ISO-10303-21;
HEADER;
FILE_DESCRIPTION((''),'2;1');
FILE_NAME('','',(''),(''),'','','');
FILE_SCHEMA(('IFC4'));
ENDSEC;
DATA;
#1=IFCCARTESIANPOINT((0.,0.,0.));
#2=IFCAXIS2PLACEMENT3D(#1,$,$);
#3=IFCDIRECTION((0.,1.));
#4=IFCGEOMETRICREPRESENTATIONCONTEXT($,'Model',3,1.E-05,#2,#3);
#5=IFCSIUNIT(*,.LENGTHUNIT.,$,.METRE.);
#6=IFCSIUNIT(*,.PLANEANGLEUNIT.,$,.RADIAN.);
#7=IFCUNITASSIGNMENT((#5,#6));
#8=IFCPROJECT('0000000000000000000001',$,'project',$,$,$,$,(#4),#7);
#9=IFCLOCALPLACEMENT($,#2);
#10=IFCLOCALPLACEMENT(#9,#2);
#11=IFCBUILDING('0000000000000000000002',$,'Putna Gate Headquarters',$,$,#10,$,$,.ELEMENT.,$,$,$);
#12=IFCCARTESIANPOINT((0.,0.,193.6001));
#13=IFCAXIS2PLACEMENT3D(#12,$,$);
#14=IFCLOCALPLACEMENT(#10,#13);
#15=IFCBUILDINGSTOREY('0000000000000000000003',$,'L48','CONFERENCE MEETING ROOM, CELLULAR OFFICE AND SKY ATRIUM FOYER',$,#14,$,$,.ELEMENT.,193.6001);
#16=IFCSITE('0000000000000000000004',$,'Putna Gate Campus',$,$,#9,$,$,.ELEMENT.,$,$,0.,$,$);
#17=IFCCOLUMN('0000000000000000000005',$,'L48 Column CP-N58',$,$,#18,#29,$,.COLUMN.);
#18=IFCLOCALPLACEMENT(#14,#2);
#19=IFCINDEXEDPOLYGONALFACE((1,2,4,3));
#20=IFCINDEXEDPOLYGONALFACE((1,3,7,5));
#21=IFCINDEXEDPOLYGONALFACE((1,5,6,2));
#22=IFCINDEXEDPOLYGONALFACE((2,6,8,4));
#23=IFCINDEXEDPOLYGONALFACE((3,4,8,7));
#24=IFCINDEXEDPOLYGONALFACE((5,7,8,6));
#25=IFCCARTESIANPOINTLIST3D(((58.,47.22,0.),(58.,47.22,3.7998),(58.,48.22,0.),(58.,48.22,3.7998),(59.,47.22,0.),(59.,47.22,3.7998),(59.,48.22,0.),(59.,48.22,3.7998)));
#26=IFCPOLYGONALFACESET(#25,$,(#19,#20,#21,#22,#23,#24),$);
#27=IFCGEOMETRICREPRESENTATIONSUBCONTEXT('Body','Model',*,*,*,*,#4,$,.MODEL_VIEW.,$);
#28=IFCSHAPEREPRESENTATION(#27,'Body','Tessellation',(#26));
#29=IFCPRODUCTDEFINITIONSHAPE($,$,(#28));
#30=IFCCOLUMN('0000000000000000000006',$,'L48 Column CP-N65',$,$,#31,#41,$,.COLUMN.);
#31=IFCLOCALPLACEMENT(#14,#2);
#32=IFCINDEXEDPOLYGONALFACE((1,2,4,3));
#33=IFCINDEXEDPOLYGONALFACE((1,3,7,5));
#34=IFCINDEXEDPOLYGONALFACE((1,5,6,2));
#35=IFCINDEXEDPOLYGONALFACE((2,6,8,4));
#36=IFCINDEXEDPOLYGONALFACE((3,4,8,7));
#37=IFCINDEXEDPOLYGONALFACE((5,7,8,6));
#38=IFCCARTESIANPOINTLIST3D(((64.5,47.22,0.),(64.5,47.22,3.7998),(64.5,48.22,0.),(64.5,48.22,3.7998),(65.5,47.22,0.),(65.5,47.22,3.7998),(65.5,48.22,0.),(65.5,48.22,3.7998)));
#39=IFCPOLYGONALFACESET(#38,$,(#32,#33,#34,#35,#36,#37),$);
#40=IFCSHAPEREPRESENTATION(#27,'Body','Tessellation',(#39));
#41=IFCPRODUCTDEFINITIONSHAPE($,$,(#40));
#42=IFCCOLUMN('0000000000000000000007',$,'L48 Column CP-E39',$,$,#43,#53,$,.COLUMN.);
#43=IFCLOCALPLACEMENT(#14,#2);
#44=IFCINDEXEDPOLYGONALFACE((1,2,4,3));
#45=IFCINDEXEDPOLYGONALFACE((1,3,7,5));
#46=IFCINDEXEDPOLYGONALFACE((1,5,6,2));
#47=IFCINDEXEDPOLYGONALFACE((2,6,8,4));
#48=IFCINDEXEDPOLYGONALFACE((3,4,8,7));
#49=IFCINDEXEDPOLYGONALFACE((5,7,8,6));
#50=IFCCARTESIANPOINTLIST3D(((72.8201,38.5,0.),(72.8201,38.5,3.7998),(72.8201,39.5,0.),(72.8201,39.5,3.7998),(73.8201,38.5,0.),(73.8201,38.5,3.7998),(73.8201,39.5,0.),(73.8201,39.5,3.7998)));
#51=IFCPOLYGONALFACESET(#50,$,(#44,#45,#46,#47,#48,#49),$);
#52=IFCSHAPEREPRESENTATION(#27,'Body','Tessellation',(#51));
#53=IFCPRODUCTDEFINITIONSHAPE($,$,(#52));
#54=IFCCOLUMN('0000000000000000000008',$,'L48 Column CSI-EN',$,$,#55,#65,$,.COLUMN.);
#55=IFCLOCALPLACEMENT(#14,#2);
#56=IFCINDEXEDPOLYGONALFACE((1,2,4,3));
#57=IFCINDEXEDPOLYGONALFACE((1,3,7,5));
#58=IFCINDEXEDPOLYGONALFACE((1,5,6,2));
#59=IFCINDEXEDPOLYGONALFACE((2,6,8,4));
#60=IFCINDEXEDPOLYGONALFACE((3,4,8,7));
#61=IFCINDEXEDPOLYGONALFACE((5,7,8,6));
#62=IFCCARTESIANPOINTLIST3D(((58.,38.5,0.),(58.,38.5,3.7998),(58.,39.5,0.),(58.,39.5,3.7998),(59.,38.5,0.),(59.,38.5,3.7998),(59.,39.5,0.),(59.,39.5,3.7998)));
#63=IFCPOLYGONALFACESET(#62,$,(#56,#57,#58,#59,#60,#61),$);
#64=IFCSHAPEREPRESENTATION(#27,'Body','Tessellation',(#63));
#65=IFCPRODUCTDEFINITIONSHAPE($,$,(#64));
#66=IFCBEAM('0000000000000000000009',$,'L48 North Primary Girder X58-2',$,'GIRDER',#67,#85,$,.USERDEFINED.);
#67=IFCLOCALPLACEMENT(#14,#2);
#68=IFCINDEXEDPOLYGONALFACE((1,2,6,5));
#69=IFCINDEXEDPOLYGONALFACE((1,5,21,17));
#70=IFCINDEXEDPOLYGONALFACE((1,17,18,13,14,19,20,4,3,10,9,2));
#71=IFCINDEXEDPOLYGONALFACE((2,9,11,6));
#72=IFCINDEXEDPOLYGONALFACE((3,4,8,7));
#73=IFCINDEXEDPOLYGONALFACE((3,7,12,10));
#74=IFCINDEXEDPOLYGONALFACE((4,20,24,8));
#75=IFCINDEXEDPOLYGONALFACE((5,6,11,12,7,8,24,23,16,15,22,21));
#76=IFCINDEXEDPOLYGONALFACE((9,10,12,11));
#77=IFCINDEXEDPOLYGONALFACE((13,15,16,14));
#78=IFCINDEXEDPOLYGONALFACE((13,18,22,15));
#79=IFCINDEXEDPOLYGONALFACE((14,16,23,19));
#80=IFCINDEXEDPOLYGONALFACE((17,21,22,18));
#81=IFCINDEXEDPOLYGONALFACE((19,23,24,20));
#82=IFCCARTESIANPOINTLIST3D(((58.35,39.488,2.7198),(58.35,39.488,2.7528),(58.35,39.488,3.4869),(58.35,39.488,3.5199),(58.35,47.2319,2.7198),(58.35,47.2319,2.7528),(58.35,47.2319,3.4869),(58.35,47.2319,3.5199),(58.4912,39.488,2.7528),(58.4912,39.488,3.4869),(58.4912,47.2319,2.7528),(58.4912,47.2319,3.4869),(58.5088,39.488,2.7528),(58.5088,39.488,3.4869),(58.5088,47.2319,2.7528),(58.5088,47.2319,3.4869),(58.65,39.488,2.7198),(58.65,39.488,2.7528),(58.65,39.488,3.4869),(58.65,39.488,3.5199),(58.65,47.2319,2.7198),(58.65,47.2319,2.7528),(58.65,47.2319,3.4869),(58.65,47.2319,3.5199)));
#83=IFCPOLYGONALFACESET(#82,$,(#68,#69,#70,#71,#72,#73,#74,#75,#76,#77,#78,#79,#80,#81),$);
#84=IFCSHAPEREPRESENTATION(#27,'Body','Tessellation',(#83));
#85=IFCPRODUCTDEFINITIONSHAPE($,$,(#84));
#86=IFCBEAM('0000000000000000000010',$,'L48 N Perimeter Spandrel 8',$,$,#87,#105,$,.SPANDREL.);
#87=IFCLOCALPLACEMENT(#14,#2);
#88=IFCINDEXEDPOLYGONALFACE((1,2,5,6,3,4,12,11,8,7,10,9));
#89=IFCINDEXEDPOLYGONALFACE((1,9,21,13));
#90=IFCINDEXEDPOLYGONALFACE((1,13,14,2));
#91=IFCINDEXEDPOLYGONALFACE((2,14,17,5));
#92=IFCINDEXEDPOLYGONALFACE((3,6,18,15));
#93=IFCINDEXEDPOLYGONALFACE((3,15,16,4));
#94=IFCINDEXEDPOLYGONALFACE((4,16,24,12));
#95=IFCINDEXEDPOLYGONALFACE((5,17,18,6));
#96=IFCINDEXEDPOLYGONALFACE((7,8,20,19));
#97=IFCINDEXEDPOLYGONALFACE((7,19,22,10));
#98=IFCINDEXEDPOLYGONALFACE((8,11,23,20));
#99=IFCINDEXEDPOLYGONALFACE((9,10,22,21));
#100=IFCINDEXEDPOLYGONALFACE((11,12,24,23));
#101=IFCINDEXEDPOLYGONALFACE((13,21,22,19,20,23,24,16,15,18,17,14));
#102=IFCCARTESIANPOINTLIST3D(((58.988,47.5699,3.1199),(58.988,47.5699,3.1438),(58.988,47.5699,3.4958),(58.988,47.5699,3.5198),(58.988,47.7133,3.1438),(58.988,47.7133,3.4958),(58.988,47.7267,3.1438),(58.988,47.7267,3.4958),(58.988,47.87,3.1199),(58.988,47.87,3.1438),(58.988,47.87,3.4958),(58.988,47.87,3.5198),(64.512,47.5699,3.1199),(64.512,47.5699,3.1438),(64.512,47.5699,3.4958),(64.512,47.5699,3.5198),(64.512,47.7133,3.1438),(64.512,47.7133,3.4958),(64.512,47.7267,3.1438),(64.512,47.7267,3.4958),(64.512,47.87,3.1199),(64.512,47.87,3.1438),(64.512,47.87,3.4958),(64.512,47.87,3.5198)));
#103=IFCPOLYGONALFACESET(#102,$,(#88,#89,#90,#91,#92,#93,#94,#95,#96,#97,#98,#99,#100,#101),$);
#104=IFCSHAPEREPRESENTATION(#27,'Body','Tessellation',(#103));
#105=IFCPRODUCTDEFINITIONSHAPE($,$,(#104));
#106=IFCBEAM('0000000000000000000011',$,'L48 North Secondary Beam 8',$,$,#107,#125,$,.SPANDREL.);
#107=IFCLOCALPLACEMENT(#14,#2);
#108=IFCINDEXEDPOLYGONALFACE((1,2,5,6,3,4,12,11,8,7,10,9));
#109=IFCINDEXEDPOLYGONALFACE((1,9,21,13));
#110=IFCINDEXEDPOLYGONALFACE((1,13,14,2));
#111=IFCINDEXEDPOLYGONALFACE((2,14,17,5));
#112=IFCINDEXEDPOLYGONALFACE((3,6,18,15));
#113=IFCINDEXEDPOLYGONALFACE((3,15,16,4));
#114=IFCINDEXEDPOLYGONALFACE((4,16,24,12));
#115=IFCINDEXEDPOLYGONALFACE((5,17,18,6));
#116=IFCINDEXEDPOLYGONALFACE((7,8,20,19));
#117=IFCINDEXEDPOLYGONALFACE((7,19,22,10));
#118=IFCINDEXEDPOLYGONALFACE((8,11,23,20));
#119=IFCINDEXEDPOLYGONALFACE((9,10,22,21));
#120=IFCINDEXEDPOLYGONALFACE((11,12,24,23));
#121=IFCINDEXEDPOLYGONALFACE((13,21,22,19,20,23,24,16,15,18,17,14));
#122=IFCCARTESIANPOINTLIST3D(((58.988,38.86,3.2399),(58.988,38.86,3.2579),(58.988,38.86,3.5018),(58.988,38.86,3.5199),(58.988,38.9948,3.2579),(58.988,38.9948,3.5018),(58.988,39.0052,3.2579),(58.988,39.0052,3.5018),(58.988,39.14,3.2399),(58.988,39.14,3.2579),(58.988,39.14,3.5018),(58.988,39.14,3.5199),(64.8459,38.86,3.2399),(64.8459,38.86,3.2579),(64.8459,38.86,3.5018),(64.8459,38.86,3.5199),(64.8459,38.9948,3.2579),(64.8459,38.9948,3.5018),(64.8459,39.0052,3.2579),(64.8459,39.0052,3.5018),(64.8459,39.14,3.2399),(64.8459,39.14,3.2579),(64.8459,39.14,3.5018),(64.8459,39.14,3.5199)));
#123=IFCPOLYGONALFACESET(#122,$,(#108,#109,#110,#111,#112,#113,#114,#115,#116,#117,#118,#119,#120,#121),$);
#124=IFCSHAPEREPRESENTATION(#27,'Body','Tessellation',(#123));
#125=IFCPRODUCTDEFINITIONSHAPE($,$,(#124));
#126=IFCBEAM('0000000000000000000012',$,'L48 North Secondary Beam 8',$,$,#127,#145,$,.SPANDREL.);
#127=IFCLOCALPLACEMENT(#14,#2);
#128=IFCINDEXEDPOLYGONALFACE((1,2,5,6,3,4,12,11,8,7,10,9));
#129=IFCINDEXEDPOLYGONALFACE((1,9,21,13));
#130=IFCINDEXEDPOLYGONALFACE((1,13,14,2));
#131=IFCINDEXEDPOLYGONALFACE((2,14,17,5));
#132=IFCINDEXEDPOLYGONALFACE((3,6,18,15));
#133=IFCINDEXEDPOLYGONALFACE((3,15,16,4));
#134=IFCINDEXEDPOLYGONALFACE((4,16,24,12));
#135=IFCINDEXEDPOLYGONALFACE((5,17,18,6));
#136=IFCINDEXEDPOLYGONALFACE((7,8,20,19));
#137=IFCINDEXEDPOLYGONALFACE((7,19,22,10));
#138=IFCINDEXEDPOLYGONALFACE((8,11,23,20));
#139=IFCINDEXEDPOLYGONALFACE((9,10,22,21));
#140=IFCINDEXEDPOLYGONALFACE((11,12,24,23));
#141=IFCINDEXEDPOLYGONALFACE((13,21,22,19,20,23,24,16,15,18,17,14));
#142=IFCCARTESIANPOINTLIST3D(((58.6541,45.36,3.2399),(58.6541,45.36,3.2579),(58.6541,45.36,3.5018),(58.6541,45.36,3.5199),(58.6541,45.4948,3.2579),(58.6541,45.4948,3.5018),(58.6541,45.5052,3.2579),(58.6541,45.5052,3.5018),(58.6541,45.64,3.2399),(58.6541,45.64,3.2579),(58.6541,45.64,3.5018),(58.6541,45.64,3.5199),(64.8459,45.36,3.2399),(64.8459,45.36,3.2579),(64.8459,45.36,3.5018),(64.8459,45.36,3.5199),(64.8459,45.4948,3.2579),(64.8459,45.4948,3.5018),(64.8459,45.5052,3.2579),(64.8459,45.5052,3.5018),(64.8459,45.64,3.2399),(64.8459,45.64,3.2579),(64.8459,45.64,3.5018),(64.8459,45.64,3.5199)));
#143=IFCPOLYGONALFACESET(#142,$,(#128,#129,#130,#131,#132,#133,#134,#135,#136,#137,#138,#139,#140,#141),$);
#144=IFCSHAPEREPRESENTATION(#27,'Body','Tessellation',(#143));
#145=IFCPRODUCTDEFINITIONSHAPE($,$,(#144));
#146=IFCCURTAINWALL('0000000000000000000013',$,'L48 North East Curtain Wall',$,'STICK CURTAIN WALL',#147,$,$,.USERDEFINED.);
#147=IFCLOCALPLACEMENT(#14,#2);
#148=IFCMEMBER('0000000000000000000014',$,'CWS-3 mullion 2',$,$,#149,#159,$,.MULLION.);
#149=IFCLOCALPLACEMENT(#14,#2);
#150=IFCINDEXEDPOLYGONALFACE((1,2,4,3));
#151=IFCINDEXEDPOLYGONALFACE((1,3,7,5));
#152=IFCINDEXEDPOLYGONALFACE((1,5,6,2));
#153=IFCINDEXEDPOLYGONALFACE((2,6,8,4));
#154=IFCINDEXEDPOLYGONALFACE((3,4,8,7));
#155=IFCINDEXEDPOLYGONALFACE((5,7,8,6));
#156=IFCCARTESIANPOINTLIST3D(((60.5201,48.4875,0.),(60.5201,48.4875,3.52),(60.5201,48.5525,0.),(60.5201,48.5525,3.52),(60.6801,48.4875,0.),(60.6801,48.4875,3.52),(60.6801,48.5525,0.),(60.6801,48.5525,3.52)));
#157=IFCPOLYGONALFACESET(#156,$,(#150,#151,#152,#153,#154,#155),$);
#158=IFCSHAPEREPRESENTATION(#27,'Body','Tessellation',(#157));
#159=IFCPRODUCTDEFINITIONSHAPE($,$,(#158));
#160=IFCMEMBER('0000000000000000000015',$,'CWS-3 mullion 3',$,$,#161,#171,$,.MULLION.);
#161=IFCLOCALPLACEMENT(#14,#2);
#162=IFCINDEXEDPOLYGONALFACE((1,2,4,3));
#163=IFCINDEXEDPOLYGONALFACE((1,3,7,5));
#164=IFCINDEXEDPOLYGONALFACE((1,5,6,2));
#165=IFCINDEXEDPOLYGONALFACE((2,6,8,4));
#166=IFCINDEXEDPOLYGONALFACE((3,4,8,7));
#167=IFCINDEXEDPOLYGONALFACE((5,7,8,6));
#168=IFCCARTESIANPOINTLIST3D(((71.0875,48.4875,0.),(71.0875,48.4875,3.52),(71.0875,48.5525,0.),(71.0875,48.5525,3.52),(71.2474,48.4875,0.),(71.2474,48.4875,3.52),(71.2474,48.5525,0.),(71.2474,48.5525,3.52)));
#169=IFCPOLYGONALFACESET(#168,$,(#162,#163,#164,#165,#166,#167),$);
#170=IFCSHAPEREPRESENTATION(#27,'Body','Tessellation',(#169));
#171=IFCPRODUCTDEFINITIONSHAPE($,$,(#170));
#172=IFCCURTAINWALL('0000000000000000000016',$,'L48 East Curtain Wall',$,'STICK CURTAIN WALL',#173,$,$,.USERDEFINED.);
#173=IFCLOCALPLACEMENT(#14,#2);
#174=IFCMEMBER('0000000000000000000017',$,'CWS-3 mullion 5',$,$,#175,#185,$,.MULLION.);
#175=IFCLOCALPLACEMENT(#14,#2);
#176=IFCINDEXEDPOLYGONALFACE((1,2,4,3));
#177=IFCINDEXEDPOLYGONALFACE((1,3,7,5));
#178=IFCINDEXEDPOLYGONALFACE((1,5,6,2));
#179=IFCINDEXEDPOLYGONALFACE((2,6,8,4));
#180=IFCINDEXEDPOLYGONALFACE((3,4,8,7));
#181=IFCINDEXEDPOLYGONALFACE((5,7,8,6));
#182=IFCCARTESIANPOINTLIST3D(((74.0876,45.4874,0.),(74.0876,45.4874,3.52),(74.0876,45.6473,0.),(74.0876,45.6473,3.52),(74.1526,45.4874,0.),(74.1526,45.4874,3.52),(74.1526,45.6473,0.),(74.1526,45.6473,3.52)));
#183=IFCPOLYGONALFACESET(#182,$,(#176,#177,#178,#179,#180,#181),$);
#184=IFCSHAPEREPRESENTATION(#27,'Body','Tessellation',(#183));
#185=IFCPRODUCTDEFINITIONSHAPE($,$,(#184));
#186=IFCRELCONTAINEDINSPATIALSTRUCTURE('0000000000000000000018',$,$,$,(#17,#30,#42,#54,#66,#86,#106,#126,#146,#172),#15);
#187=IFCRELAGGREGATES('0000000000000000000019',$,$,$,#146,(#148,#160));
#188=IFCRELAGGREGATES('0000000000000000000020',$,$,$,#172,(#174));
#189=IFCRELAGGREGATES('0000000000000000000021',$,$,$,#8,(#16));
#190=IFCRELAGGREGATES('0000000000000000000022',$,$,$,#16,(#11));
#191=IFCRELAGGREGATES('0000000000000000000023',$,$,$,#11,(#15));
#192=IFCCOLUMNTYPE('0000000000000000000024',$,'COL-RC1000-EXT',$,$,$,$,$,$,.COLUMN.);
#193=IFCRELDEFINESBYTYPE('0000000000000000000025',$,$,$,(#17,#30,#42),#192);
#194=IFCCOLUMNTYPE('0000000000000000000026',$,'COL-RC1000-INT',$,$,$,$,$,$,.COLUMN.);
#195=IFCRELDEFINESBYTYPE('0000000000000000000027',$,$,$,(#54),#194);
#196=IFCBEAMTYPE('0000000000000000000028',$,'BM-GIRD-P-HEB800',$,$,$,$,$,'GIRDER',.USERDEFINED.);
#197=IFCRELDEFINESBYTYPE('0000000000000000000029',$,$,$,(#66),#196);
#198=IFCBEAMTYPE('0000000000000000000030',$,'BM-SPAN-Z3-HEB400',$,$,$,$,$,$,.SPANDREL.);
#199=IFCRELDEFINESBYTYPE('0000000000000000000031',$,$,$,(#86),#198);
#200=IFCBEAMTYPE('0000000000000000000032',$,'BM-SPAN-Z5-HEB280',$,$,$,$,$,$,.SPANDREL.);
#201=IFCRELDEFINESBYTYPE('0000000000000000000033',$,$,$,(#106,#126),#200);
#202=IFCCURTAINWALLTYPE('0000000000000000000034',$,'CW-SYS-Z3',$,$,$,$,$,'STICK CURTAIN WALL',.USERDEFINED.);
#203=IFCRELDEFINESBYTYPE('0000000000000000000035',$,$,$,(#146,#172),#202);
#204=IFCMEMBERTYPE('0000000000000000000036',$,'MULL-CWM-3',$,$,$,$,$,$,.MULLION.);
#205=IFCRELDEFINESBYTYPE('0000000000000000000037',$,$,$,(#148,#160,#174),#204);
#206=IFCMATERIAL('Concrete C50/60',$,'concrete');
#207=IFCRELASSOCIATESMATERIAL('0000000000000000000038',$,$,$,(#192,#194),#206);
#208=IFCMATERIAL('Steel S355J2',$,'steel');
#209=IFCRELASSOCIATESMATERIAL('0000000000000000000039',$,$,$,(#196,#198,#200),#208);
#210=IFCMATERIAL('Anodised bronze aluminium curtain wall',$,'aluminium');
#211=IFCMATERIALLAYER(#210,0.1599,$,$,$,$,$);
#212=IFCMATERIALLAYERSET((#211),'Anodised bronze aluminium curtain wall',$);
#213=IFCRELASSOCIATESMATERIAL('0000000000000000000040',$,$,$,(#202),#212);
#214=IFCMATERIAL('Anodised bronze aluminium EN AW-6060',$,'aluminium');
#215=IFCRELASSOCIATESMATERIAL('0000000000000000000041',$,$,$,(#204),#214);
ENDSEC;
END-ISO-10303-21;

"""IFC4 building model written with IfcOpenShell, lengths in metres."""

from ifc_helpers import new_model, si_unit, direction, frame, origin, origin_2d, place, context, subcontext, project, spatial, rectangle, i_section, extrude, material, layer, layer_set, material_profile, profile_set, type_object, element, aggregate, save


model = new_model("IFC4")

# Units and contexts
model_context = context("Model", 3, precision=1e-05, world=origin(), true_north=direction((0.0, 1.0)))
body_context = subcontext(model_context, "Body", "Model", "MODEL_VIEW")
ifc_project = project(units=[si_unit("LENGTHUNIT", "METRE"), si_unit("PLANEANGLEUNIT", "RADIAN")], contexts=[model_context])

# Site, building, storey
site_placement = place(None, origin())
site = spatial("IfcSite", under=ifc_project, at=site_placement, Name="Putna Gate Campus", CompositionType="ELEMENT", RefElevation=0.0)
building_placement = place(site_placement, origin())
building = spatial("IfcBuilding", under=site, at=building_placement, Name="Putna Gate Headquarters", CompositionType="ELEMENT")
storey_placement = place(building_placement, frame((0.0, 0.0, 193.6001)))
storey = spatial("IfcBuildingStorey", under=building, at=storey_placement, Name="L48", Description="CONFERENCE MEETING ROOM, CELLULAR OFFICE AND SKY ATRIUM FOYER", CompositionType="ELEMENT", Elevation=193.6001)

# Columns
ifc_material_1 = material(Name="Concrete C50/60", Category="concrete")
ifc_material_profile_1 = material_profile(ifc_material_1, rectangle(XDim=1.0, YDim=1.0, at=origin_2d()), Name="Concrete C50/60")
ifc_profile_set_1 = profile_set([ifc_material_profile_1], Name="Concrete C50/60")
column_type_1 = type_object("IfcColumnType", Name="COL-RC1000-EXT", PredefinedType="COLUMN", material=ifc_profile_set_1)
for number, where, z_axis, x_axis, name in (
    (1, (58.5, 47.72, 0.0), (0.0, 0.0, 1.0), (1.0, 0.0, 0.0), "L48 Column CP-N58"),
    (2, (65.0, 47.72, 0.0), (0.0, 0.0, 1.0), (1.0, 0.0, 0.0), "L48 Column CP-N65"),
    (3, (73.3201, 39.0, 0.0), (0.0, 0.0, 1.0), (1.0, 0.0, 0.0), "L48 Column CP-E39"),
):
    element("IfcColumn", number, at=place(storey_placement, frame(where, z_axis=z_axis, x_axis=x_axis)), inside=storey, type_object=column_type_1, Name=name, PredefinedType="COLUMN", context=body_context, shape_type="SweptSolid", body=[
        extrude(rectangle(XDim=1.0, YDim=1.0, at=origin_2d()), origin(), (0.0, 0.0, 1.0), 3.7998),
    ])
ifc_material_profile_2 = material_profile(ifc_material_1, rectangle(XDim=1.0, YDim=1.0, at=origin_2d()), Name="Concrete C50/60")
ifc_profile_set_2 = profile_set([ifc_material_profile_2], Name="Concrete C50/60")
column_type_2 = type_object("IfcColumnType", Name="COL-RC1000-INT", PredefinedType="COLUMN", material=ifc_profile_set_2)
column_placement = place(storey_placement, frame((58.5, 39.0, 0.0), z_axis=(0.0, 0.0, 1.0), x_axis=(1.0, 0.0, 0.0)))
element("IfcColumn", 4, at=column_placement, inside=storey, type_object=column_type_2, Name="L48 Column CSI-EN", PredefinedType="COLUMN", context=body_context, shape_type="SweptSolid", body=[
    extrude(rectangle(XDim=1.0, YDim=1.0, at=origin_2d()), origin(), (0.0, 0.0, 1.0), 3.7998),
])

# Beams
ifc_material_2 = material(Name="Steel S355J2", Category="steel")
ifc_material_profile_3 = material_profile(ifc_material_2, i_section(OverallWidth=0.3, OverallDepth=0.8, WebThickness=0.0176, FlangeThickness=0.033, at=origin_2d()), Name="Steel S355J2")
ifc_profile_set_3 = profile_set([ifc_material_profile_3], Name="Steel S355J2")
beam_type_1 = type_object("IfcBeamType", Name="BM-GIRD-P-HEB800", ElementType="GIRDER", PredefinedType="USERDEFINED", material=ifc_profile_set_3)
beam_1_placement = place(storey_placement, frame((58.5, 39.488, 3.1199), z_axis=(0.0, 1.0, 0.0), x_axis=(-1.0, 0.0, 0.0)))
element("IfcBeam", 5, at=beam_1_placement, inside=storey, type_object=beam_type_1, Name="L48 North Primary Girder X58-2", ObjectType="GIRDER", PredefinedType="USERDEFINED", context=body_context, shape_type="SweptSolid", body=[
    extrude(i_section(OverallWidth=0.3, OverallDepth=0.8, WebThickness=0.0176, FlangeThickness=0.033, at=origin_2d()), origin(), (0.0, 0.0, 1.0), 7.7439),
])
ifc_material_profile_4 = material_profile(ifc_material_2, i_section(OverallWidth=0.3, OverallDepth=0.3999, WebThickness=0.0134, FlangeThickness=0.0239, at=origin_2d()), Name="Steel S355J2")
ifc_profile_set_4 = profile_set([ifc_material_profile_4], Name="Steel S355J2")
beam_type_2 = type_object("IfcBeamType", Name="BM-SPAN-Z3-HEB400", PredefinedType="SPANDREL", material=ifc_profile_set_4)
beam_2_placement = place(storey_placement, frame((58.988, 47.72, 3.3198), z_axis=(1.0, 0.0, 0.0), x_axis=(0.0, 1.0, 0.0)))
element("IfcBeam", 6, at=beam_2_placement, inside=storey, type_object=beam_type_2, Name="L48 N Perimeter Spandrel 8", PredefinedType="SPANDREL", context=body_context, shape_type="SweptSolid", body=[
    extrude(i_section(OverallWidth=0.3, OverallDepth=0.3999, WebThickness=0.0134, FlangeThickness=0.0239, at=origin_2d()), origin(), (0.0, 0.0, 1.0), 5.5239),
])
ifc_material_profile_5 = material_profile(ifc_material_2, i_section(OverallWidth=0.28, OverallDepth=0.28, WebThickness=0.0105, FlangeThickness=0.0181, at=origin_2d()), Name="Steel S355J2")
ifc_profile_set_5 = profile_set([ifc_material_profile_5], Name="Steel S355J2")
beam_type_3 = type_object("IfcBeamType", Name="BM-SPAN-Z5-HEB280", PredefinedType="SPANDREL", material=ifc_profile_set_5)
beam_3_placement = place(storey_placement, frame((58.988, 39.0, 3.3799), z_axis=(1.0, 0.0, 0.0), x_axis=(0.0, 1.0, 0.0)))
element("IfcBeam", 7, at=beam_3_placement, inside=storey, type_object=beam_type_3, Name="L48 North Secondary Beam 8", PredefinedType="SPANDREL", context=body_context, shape_type="SweptSolid", body=[
    extrude(i_section(OverallWidth=0.28, OverallDepth=0.28, WebThickness=0.0105, FlangeThickness=0.0181, at=origin_2d()), origin(), (0.0, 0.0, 1.0), 5.8579),
])
beam_4_placement = place(storey_placement, frame((58.6541, 45.5, 3.3799), z_axis=(1.0, 0.0, 0.0), x_axis=(0.0, 1.0, 0.0)))
element("IfcBeam", 8, at=beam_4_placement, inside=storey, type_object=beam_type_3, Name="L48 North Secondary Beam 8", PredefinedType="SPANDREL", context=body_context, shape_type="SweptSolid", body=[
    extrude(i_section(OverallWidth=0.28, OverallDepth=0.28, WebThickness=0.0105, FlangeThickness=0.0181, at=origin_2d()), origin(), (0.0, 0.0, 1.0), 6.1919),
])

# Curtain wall, members
ifc_material_3 = material(Name="Anodised bronze aluminium curtain wall", Category="aluminium")
ifc_layer_1 = layer(ifc_material_3, 0.1599)
ifc_layer_set_1 = layer_set([ifc_layer_1], Name="Anodised bronze aluminium curtain wall")
curtain_wall_type = type_object("IfcCurtainWallType", Name="CW-SYS-Z3", ElementType="STICK CURTAIN WALL", PredefinedType="USERDEFINED", material=ifc_layer_set_1)
curtain_wall_1_placement = place(storey_placement, origin())
curtain_wall_1 = element("IfcCurtainWall", 9, at=curtain_wall_1_placement, inside=storey, type_object=curtain_wall_type, Name="L48 North East Curtain Wall", ObjectType="STICK CURTAIN WALL", PredefinedType="USERDEFINED")
ifc_material_4 = material(Name="Anodised bronze aluminium EN AW-6060", Category="aluminium")
ifc_material_profile_6 = material_profile(ifc_material_4, rectangle(XDim=0.0649, YDim=0.1599, at=origin_2d()), Name="Anodised bronze aluminium EN AW-6060")
ifc_profile_set_6 = profile_set([ifc_material_profile_6], Name="Anodised bronze aluminium EN AW-6060")
member_type_1 = type_object("IfcMemberType", Name="MULL-CWM-3", PredefinedType="MULLION", material=ifc_profile_set_6)
member_1_placement = place(storey_placement, frame((60.6001, 48.52, 0.0), z_axis=(0.0, 0.0, 1.0), x_axis=(0.0, 1.0, 0.0)))
member_1 = element("IfcMember", 10, at=member_1_placement, type_object=member_type_1, Name="CWS-3 mullion 2", PredefinedType="MULLION", context=body_context, shape_type="SweptSolid", body=[
    extrude(rectangle(XDim=0.0649, YDim=0.1599, at=origin_2d()), origin(), (0.0, 0.0, 1.0), 3.52),
])
member_2_placement = place(storey_placement, frame((71.1675, 48.52, 0.0), z_axis=(0.0, 0.0, 1.0), x_axis=(0.0, 1.0, 0.0)))
member_2 = element("IfcMember", 11, at=member_2_placement, type_object=member_type_1, Name="CWS-3 mullion 3", PredefinedType="MULLION", context=body_context, shape_type="SweptSolid", body=[
    extrude(rectangle(XDim=0.0649, YDim=0.1599, at=origin_2d()), origin(), (0.0, 0.0, 1.0), 3.52),
])

# Curtain wall, member
curtain_wall_2_placement = place(storey_placement, origin())
curtain_wall_2 = element("IfcCurtainWall", 12, at=curtain_wall_2_placement, inside=storey, type_object=curtain_wall_type, Name="L48 East Curtain Wall", ObjectType="STICK CURTAIN WALL", PredefinedType="USERDEFINED")
member_3_placement = place(storey_placement, frame((74.1201, 45.5674, 0.0), z_axis=(0.0, 0.0, 1.0), x_axis=(-1.0, 0.0, 0.0)))
member_3 = element("IfcMember", 13, at=member_3_placement, type_object=member_type_1, Name="CWS-3 mullion 5", PredefinedType="MULLION", context=body_context, shape_type="SweptSolid", body=[
    extrude(rectangle(XDim=0.0649, YDim=0.1599, at=origin_2d()), origin(), (0.0, 0.0, 1.0), 3.52),
])

aggregate(curtain_wall_1, [member_1, member_2])
aggregate(curtain_wall_2, [member_3])

save(model, "model.ifc")
